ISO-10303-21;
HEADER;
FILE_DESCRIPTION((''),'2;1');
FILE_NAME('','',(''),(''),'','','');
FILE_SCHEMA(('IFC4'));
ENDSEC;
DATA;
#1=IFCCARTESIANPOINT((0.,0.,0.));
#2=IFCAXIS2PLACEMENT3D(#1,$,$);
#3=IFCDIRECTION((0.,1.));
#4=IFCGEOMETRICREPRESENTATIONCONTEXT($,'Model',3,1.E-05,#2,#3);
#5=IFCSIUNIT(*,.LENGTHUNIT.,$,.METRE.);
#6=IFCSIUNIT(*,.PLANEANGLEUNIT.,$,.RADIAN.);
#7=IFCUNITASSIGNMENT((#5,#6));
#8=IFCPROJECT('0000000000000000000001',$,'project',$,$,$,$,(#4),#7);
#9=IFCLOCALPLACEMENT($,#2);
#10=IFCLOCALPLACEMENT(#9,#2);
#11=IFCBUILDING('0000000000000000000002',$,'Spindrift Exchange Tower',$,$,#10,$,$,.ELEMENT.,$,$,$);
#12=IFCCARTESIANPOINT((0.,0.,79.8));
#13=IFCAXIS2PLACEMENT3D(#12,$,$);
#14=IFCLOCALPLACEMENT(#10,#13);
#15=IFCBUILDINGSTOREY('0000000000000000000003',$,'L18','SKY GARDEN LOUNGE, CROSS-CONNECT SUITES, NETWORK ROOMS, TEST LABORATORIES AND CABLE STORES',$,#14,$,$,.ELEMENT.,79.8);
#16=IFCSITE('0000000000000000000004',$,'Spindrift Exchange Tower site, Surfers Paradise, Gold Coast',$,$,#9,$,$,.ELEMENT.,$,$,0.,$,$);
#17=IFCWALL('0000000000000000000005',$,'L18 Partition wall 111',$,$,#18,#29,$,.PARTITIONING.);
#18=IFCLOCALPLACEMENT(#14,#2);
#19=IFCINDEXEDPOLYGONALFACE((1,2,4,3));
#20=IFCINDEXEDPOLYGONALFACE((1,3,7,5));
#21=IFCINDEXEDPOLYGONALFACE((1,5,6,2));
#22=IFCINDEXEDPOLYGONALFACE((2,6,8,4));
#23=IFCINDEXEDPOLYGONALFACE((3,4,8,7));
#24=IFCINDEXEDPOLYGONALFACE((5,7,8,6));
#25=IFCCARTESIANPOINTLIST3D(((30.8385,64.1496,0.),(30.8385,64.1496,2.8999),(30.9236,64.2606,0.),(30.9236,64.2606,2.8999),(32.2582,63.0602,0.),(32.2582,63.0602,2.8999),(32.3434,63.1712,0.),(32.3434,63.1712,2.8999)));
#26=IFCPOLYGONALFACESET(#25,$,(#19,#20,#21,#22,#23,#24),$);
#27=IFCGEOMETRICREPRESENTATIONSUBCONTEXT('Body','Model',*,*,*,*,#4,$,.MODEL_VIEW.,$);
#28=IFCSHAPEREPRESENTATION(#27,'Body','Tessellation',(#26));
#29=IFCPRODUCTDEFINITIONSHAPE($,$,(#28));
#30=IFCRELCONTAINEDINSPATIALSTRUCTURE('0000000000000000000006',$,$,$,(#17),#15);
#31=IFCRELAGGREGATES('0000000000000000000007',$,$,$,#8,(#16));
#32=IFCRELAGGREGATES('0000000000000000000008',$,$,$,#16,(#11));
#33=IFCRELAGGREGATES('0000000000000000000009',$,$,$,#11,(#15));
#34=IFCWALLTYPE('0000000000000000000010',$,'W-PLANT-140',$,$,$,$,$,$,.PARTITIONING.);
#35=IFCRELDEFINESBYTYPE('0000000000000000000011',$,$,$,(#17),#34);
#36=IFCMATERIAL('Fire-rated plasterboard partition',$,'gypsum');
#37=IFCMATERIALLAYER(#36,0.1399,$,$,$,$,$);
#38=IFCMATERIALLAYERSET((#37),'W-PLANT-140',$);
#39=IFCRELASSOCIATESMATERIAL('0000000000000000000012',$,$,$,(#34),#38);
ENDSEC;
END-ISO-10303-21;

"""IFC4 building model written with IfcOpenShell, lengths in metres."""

from ifc_helpers import new_model, si_unit, direction, frame, frame_2d, origin, place, context, subcontext, project, spatial, rectangle, extrude, material, layer, layer_set, type_object, element, save


model = new_model("IFC4")

# Units and contexts
model_context = context("Model", 3, precision=1e-05, world=origin(), true_north=direction((0.0, 1.0)))
body_context = subcontext(model_context, "Body", "Model", "MODEL_VIEW")
ifc_project = project(units=[si_unit("LENGTHUNIT", "METRE"), si_unit("PLANEANGLEUNIT", "RADIAN")], contexts=[model_context])

# Site, building, storey
site_placement = place(None, origin())
site = spatial("IfcSite", under=ifc_project, at=site_placement, Name="Spindrift Exchange Tower site, Surfers Paradise, Gold Coast", CompositionType="ELEMENT", RefElevation=0.0)
building_placement = place(site_placement, origin())
building = spatial("IfcBuilding", under=site, at=building_placement, Name="Spindrift Exchange Tower", CompositionType="ELEMENT")
storey_placement = place(building_placement, frame((0.0, 0.0, 79.8)))
storey = spatial("IfcBuildingStorey", under=building, at=storey_placement, Name="L18", Description="SKY GARDEN LOUNGE, CROSS-CONNECT SUITES, NETWORK ROOMS, TEST LABORATORIES AND CABLE STORES", CompositionType="ELEMENT", Elevation=79.8)

# Wall
ifc_material_1 = material(Name="Fire-rated plasterboard partition", Category="gypsum")
ifc_layer_1 = layer(ifc_material_1, 0.1399)
ifc_layer_set_1 = layer_set([ifc_layer_1], Name="W-PLANT-140")
wall_type_1 = type_object("IfcWallType", Name="W-PLANT-140", PredefinedType="PARTITIONING", material=ifc_layer_set_1)
wall_1_placement = place(storey_placement, frame((32.3008, 63.1157, 0.0), z_axis=(0.0, 0.0, 1.0), x_axis=(-0.793354, 0.608761, 0.0)))
element("IfcWall", 1, at=wall_1_placement, inside=storey, type_object=wall_type_1, Name="L18 Partition wall 111", PredefinedType="PARTITIONING", context=body_context, shape_type="SweptSolid", body=[
    extrude(rectangle(XDim=1.7896, YDim=0.1399, at=frame_2d((0.8948, 0.0))), origin(), (0.0, 0.0, 1.0), 2.8999),
])

save(model, "model.ifc")
